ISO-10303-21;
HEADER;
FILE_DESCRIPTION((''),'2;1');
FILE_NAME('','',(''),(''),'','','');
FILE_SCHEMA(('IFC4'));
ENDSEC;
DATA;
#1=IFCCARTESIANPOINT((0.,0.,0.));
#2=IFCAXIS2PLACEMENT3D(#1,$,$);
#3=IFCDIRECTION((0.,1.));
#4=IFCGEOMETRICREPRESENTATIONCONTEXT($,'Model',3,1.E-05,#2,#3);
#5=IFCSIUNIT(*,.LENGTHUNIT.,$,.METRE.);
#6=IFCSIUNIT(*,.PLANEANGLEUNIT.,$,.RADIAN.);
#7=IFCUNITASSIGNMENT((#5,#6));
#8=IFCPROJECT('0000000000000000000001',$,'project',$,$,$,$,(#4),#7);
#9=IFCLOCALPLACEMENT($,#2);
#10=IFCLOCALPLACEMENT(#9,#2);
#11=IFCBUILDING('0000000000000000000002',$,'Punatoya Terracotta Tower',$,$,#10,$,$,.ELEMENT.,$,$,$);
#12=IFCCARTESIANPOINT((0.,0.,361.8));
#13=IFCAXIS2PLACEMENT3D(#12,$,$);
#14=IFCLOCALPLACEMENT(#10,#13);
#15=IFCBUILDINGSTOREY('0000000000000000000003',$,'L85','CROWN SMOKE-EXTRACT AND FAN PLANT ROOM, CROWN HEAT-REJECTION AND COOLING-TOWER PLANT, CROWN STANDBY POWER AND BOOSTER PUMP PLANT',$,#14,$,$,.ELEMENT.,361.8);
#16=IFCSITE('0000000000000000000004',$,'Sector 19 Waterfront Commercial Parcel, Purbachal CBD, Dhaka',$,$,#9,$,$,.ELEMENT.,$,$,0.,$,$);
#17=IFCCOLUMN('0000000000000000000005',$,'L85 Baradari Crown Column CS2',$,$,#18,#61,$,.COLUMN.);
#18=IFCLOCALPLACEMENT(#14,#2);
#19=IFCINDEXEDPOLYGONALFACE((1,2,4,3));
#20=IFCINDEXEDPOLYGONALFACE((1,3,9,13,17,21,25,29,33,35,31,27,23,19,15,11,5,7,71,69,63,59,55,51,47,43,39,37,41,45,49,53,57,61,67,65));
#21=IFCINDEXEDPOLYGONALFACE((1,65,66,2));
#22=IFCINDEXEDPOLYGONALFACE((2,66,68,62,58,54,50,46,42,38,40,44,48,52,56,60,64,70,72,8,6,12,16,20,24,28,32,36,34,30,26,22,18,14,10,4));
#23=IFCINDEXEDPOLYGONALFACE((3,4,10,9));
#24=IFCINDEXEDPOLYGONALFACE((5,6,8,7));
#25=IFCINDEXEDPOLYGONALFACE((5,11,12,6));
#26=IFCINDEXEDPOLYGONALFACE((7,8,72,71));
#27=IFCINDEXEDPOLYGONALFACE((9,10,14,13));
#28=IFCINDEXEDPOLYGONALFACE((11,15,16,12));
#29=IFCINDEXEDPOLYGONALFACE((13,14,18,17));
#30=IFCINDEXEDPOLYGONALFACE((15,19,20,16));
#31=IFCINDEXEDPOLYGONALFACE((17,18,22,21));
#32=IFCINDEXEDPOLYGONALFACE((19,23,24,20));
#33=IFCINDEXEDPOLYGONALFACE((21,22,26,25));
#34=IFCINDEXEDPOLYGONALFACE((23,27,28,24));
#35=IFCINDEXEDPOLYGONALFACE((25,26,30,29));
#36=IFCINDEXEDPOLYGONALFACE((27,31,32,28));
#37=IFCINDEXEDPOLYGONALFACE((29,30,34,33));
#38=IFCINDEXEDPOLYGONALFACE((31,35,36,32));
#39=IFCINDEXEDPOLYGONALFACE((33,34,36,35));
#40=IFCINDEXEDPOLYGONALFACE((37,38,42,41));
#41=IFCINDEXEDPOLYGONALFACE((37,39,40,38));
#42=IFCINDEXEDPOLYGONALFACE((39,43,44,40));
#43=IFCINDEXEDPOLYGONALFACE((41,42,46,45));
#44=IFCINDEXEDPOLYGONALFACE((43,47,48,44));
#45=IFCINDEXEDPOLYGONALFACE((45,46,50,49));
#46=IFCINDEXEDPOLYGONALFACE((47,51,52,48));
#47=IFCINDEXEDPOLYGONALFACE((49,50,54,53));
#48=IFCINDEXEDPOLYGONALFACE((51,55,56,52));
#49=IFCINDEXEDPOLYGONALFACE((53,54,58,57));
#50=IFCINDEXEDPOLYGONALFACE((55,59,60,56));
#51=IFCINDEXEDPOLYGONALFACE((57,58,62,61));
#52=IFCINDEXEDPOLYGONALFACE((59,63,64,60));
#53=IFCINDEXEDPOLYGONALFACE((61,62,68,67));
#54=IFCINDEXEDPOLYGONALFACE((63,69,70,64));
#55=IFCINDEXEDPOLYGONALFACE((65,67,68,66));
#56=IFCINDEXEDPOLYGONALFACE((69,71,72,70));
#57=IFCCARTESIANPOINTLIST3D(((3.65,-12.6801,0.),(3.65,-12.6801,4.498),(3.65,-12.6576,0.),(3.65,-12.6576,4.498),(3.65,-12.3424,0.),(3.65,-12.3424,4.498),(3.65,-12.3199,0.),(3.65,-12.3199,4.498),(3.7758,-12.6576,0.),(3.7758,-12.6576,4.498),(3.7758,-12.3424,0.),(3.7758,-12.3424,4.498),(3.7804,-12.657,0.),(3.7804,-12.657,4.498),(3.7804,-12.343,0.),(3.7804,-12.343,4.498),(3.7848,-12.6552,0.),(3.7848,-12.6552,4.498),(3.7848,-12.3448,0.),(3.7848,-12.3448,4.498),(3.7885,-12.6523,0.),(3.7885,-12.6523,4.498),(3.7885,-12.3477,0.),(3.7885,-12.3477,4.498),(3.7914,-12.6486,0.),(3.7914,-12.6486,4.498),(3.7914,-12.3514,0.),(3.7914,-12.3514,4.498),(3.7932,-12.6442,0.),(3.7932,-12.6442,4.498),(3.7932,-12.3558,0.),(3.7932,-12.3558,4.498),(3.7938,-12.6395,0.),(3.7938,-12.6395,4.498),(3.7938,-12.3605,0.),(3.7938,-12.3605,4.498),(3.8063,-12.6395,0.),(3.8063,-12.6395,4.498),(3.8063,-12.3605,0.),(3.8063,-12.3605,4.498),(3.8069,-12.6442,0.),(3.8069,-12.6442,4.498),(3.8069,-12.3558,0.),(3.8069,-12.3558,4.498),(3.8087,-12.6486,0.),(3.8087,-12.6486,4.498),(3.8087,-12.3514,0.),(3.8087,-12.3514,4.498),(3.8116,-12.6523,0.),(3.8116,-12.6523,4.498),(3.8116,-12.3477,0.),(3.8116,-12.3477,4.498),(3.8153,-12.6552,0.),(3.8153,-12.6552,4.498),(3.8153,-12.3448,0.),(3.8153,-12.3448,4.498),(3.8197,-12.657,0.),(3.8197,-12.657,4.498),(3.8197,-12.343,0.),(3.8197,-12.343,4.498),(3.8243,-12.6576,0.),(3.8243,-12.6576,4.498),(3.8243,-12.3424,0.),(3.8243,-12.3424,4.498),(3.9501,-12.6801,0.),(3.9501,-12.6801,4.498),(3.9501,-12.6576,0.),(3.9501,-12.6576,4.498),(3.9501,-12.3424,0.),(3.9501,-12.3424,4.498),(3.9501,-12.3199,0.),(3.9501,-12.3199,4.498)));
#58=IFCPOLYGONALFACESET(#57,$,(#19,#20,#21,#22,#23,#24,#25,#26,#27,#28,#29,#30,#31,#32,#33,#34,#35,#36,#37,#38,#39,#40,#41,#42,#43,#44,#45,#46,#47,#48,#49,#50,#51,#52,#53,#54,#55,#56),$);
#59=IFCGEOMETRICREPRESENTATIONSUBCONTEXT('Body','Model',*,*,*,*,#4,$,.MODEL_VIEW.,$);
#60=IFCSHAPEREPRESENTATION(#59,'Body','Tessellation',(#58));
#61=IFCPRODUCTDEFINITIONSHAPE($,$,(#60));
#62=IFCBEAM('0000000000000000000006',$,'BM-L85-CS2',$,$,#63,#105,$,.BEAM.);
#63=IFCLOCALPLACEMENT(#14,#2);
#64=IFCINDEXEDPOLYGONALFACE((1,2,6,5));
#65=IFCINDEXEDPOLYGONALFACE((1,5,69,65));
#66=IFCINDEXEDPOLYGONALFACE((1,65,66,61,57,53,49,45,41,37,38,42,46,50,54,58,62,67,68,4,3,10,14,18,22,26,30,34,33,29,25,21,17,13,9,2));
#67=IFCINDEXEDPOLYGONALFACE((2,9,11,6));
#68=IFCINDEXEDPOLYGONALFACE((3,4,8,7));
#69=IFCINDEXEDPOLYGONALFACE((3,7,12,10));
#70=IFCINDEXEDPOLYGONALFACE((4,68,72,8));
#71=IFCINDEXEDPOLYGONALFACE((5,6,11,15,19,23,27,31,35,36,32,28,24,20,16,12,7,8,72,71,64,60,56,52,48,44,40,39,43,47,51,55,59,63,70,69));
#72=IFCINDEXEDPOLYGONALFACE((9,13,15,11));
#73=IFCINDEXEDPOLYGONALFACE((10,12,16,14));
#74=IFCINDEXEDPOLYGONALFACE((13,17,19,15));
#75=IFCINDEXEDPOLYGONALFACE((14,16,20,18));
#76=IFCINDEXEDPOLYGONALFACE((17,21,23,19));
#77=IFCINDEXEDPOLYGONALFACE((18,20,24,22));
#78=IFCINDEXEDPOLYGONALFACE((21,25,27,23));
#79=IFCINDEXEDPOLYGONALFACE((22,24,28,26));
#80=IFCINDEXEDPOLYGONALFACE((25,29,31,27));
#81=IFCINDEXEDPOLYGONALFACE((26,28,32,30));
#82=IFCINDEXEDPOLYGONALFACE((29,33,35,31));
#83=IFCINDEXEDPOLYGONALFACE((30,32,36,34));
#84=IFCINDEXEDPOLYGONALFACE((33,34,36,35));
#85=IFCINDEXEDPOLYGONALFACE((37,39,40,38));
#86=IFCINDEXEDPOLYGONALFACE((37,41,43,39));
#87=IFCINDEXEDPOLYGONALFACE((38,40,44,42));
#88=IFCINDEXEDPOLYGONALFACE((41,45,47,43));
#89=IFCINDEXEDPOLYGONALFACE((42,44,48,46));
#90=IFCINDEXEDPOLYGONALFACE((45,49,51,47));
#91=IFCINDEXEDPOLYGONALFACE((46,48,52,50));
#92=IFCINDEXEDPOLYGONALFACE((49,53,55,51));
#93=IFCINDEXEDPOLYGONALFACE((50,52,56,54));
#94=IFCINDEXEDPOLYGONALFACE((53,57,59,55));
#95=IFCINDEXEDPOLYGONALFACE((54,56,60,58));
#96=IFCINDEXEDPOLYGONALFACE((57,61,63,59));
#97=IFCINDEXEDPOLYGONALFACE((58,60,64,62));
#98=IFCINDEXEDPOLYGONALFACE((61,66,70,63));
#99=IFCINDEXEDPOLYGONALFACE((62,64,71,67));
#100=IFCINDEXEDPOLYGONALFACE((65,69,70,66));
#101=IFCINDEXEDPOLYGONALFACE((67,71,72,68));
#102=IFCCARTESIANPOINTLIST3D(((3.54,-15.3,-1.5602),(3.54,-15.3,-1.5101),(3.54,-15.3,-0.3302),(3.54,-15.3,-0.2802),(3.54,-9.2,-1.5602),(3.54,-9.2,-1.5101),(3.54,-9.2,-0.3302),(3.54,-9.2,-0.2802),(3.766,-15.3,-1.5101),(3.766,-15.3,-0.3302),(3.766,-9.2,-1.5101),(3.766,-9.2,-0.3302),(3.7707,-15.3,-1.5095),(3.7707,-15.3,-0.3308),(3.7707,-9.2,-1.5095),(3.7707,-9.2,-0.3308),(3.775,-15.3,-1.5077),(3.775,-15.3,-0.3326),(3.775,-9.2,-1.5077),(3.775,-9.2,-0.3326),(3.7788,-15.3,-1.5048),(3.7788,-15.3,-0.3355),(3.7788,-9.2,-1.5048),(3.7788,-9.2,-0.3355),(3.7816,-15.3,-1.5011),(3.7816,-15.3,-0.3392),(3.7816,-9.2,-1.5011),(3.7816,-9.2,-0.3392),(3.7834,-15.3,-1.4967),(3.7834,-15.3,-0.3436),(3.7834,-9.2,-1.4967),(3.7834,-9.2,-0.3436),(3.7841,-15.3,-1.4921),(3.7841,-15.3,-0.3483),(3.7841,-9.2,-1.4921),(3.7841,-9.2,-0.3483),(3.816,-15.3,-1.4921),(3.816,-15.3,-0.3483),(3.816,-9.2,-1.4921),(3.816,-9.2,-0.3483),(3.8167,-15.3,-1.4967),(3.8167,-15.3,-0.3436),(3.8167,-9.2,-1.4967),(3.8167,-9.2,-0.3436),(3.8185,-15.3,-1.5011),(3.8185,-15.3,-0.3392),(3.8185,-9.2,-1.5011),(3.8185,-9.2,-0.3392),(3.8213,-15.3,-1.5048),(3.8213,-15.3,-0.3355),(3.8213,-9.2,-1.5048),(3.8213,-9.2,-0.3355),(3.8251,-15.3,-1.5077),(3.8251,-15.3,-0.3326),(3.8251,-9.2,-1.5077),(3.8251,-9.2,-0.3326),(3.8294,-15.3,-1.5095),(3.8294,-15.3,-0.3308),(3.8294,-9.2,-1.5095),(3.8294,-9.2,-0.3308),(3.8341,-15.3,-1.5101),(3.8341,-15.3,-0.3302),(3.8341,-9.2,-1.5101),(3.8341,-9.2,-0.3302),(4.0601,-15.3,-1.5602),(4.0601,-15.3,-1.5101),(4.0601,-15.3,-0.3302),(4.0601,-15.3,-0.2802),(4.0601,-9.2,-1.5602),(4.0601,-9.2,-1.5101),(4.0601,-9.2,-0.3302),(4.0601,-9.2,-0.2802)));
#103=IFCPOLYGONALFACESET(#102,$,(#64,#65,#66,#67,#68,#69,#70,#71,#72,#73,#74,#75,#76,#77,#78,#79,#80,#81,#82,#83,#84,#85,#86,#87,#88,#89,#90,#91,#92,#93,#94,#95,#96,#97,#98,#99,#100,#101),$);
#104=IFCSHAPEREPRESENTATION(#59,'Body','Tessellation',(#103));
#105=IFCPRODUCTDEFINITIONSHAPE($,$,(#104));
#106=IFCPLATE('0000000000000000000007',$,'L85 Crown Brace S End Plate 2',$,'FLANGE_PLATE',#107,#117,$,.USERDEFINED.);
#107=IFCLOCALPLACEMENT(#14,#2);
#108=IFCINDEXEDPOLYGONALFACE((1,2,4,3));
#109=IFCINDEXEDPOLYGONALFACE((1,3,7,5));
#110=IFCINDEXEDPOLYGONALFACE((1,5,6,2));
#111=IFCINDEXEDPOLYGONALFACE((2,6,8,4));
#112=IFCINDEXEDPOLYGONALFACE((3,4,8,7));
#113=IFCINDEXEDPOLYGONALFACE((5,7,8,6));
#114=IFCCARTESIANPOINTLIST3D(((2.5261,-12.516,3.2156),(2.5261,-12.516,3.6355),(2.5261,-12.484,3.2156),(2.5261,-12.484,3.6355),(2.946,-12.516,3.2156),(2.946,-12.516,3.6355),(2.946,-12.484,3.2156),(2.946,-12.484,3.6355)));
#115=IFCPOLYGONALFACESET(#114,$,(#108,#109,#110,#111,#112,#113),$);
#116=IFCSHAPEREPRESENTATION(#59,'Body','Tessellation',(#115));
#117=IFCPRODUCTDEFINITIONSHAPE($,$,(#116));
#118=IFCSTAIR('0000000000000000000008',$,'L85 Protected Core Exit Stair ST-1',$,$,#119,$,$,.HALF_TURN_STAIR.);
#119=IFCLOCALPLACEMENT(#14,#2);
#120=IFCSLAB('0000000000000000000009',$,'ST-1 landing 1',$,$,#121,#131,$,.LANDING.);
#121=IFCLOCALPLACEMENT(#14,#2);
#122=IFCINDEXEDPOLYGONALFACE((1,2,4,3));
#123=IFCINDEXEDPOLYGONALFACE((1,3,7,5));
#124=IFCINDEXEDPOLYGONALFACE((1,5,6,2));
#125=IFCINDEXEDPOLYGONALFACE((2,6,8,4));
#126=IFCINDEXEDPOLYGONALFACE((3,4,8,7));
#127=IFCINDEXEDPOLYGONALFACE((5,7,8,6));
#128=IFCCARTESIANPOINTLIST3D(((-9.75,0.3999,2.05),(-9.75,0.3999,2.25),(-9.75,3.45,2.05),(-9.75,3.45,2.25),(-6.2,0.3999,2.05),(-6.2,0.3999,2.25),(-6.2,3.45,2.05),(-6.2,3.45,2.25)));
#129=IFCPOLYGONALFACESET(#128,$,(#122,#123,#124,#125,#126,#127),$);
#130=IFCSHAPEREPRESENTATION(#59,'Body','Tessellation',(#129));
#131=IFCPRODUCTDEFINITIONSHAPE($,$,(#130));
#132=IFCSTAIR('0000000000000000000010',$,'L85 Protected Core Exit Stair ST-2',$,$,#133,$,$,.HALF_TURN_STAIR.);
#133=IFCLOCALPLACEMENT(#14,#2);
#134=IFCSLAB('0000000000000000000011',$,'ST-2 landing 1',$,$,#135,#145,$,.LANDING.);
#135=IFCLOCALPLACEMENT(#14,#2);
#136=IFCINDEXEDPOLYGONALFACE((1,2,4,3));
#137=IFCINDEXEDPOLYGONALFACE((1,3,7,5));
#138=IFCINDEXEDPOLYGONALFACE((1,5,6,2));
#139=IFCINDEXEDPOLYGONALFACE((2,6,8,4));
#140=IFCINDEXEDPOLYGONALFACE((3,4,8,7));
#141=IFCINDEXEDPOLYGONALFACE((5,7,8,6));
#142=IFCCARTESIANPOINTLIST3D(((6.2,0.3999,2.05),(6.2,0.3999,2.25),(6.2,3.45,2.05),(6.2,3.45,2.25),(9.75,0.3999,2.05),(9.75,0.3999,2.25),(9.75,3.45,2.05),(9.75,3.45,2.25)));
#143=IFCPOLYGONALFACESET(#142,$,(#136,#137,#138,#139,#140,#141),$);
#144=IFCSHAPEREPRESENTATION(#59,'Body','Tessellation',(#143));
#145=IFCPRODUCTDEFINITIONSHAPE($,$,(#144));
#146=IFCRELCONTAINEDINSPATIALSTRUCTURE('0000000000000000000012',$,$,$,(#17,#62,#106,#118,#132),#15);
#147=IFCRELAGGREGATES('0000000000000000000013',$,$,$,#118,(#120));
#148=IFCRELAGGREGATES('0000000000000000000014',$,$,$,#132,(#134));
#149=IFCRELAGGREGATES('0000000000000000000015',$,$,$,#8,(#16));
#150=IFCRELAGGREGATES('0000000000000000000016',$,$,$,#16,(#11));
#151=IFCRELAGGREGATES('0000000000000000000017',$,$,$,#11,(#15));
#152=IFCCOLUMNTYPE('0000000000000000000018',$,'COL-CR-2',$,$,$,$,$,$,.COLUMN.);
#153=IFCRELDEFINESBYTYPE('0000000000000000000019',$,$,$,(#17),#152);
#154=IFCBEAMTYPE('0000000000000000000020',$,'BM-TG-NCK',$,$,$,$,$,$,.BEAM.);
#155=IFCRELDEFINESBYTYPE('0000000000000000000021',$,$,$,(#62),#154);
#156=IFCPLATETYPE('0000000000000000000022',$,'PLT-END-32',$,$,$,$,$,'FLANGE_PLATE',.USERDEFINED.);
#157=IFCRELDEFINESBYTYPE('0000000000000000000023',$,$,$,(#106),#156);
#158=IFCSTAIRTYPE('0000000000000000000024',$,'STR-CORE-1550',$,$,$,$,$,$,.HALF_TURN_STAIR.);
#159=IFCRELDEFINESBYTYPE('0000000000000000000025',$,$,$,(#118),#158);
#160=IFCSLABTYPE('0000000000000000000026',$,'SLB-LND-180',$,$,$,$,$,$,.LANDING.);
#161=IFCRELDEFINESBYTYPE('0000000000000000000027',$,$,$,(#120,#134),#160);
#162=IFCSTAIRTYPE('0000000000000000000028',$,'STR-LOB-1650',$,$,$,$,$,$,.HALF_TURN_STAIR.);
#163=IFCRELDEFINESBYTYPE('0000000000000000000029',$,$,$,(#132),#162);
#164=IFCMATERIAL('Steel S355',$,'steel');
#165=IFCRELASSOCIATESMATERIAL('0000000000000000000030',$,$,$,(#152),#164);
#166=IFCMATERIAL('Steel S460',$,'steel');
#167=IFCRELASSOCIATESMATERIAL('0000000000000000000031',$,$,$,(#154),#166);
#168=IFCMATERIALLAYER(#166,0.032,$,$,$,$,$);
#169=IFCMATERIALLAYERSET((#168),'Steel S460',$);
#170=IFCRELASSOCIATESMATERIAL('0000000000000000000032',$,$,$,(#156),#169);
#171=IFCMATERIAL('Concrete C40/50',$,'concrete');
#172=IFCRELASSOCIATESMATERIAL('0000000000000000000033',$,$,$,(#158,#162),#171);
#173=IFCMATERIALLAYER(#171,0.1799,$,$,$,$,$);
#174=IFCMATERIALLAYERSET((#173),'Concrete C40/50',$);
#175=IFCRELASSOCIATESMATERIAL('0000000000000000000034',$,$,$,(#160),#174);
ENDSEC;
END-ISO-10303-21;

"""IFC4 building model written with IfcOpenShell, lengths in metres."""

from ifc_helpers import new_model, si_unit, direction, frame, origin, origin_2d, place, context, subcontext, project, spatial, polyline, rectangle, i_section, outline, extrude, material, layer, layer_set, material_profile, profile_set, type_object, element, aggregate, save


model = new_model("IFC4")

# Units and contexts
model_context = context("Model", 3, precision=1e-05, world=origin(), true_north=direction((0.0, 1.0)))
body_context = subcontext(model_context, "Body", "Model", "MODEL_VIEW")
ifc_project = project(units=[si_unit("LENGTHUNIT", "METRE"), si_unit("PLANEANGLEUNIT", "RADIAN")], contexts=[model_context])

# Site, building, storey
site_placement = place(None, origin())
site = spatial("IfcSite", under=ifc_project, at=site_placement, Name="Sector 19 Waterfront Commercial Parcel, Purbachal CBD, Dhaka", CompositionType="ELEMENT", RefElevation=0.0)
building_placement = place(site_placement, origin())
building = spatial("IfcBuilding", under=site, at=building_placement, Name="Punatoya Terracotta Tower", CompositionType="ELEMENT")
storey_placement = place(building_placement, frame((0.0, 0.0, 361.8)))
storey = spatial("IfcBuildingStorey", under=building, at=storey_placement, Name="L85", Description="CROWN SMOKE-EXTRACT AND FAN PLANT ROOM, CROWN HEAT-REJECTION AND COOLING-TOWER PLANT, CROWN STANDBY POWER AND BOOSTER PUMP PLANT", CompositionType="ELEMENT", Elevation=361.8)

# Column
ifc_material_1 = material(Name="Steel S355", Category="steel")
ifc_material_profile_1 = material_profile(ifc_material_1, i_section(OverallWidth=0.3, OverallDepth=0.3601, WebThickness=0.0125, FlangeThickness=0.0225, FilletRadius=0.0181, at=origin_2d()))
ifc_profile_set_1 = profile_set([ifc_material_profile_1], Name="Steel S355")
column_type = type_object("IfcColumnType", Name="COL-CR-2", PredefinedType="COLUMN", material=ifc_profile_set_1)
column_placement = place(storey_placement, frame((3.8, -12.5, 0.0), z_axis=(0.0, 0.0, 1.0), x_axis=(1.0, 0.0, 0.0)))
element("IfcColumn", 1, at=column_placement, inside=storey, type_object=column_type, Name="L85 Baradari Crown Column CS2", PredefinedType="COLUMN", context=body_context, shape_type="SweptSolid", body=[
    extrude(i_section(OverallWidth=0.3, OverallDepth=0.3601, WebThickness=0.0125, FlangeThickness=0.0225, FilletRadius=0.0181, at=origin_2d()), origin(), (0.0, 0.0, 1.0), 4.498),
])

# Beam
ifc_material_2 = material(Name="Steel S460", Category="steel")
ifc_material_profile_2 = material_profile(ifc_material_2, i_section(OverallWidth=0.52, OverallDepth=1.28, WebThickness=0.032, FlangeThickness=0.05, FilletRadius=0.0181, at=origin_2d()))
ifc_profile_set_2 = profile_set([ifc_material_profile_2], Name="Steel S460")
beam_type = type_object("IfcBeamType", Name="BM-TG-NCK", PredefinedType="BEAM", material=ifc_profile_set_2)
beam_placement = place(storey_placement, frame((3.8, -15.3, -0.9202), z_axis=(0.0, 1.0, 0.0), x_axis=(-1.0, 0.0, 0.0)))
element("IfcBeam", 2, at=beam_placement, inside=storey, type_object=beam_type, Name="BM-L85-CS2", PredefinedType="BEAM", context=body_context, shape_type="SweptSolid", body=[
    extrude(i_section(OverallWidth=0.52, OverallDepth=1.28, WebThickness=0.032, FlangeThickness=0.05, FilletRadius=0.0181, at=origin_2d()), origin(), (0.0, 0.0, 1.0), 6.1001),
])

# Plate
ifc_layer_1 = layer(ifc_material_2, 0.032)
ifc_layer_set_1 = layer_set([ifc_layer_1], Name="Steel S460")
plate_type = type_object("IfcPlateType", Name="PLT-END-32", ElementType="FLANGE_PLATE", PredefinedType="USERDEFINED", material=ifc_layer_set_1)
plate_placement = place(storey_placement, frame((2.7361, -12.5, 3.2156), z_axis=(0.0, 0.0, 1.0), x_axis=(1.0, 0.0, 0.0)))
element("IfcPlate", 3, at=plate_placement, inside=storey, type_object=plate_type, Name="L85 Crown Brace S End Plate 2", ObjectType="FLANGE_PLATE", PredefinedType="USERDEFINED", context=body_context, shape_type="SweptSolid", body=[
    extrude(rectangle(XDim=0.4199, YDim=0.032, at=origin_2d()), origin(), (0.0, 0.0, 1.0), 0.4199),
])

# Stairs, slabs
ifc_material_3 = material(Name="Concrete C40/50", Category="concrete")
stair_type_1 = type_object("IfcStairType", Name="STR-CORE-1550", PredefinedType="HALF_TURN_STAIR", material=ifc_material_3)
stair_1_placement = place(storey_placement, origin())
stair_1 = element("IfcStair", 4, at=stair_1_placement, inside=storey, type_object=stair_type_1, Name="L85 Protected Core Exit Stair ST-1", PredefinedType="HALF_TURN_STAIR")
ifc_layer_2 = layer(ifc_material_3, 0.1799)
ifc_layer_set_2 = layer_set([ifc_layer_2], Name="Concrete C40/50")
slab_type_1 = type_object("IfcSlabType", Name="SLB-LND-180", PredefinedType="LANDING", material=ifc_layer_set_2)
slab_1_placement = place(storey_placement, frame((0.0, 0.0, 2.05)))
slab_1 = element("IfcSlab", 5, at=slab_1_placement, type_object=slab_type_1, Name="ST-1 landing 1", PredefinedType="LANDING", context=body_context, shape_type="SweptSolid", body=[
    extrude(outline(polyline([(-6.2, 0.3999), (-6.2, 3.45), (-9.75, 3.45), (-9.75, 0.3999), (-6.2, 0.3999)])), origin(), (0.0, 0.0, 1.0), 0.2),
])
aggregate(stair_1, [slab_1])
stair_type_2 = type_object("IfcStairType", Name="STR-LOB-1650", PredefinedType="HALF_TURN_STAIR", material=ifc_material_3)
stair_2_placement = place(storey_placement, origin())
stair_2 = element("IfcStair", 6, at=stair_2_placement, inside=storey, type_object=stair_type_2, Name="L85 Protected Core Exit Stair ST-2", PredefinedType="HALF_TURN_STAIR")
slab_2_placement = place(storey_placement, frame((0.0, 0.0, 2.05)))
slab_2 = element("IfcSlab", 7, at=slab_2_placement, type_object=slab_type_1, Name="ST-2 landing 1", PredefinedType="LANDING", context=body_context, shape_type="SweptSolid", body=[
    extrude(outline(polyline([(9.75, 0.3999), (9.75, 3.45), (6.2, 3.45), (6.2, 0.3999), (9.75, 0.3999)])), origin(), (0.0, 0.0, 1.0), 0.2),
])

aggregate(stair_2, [slab_2])

save(model, "model.ifc")
